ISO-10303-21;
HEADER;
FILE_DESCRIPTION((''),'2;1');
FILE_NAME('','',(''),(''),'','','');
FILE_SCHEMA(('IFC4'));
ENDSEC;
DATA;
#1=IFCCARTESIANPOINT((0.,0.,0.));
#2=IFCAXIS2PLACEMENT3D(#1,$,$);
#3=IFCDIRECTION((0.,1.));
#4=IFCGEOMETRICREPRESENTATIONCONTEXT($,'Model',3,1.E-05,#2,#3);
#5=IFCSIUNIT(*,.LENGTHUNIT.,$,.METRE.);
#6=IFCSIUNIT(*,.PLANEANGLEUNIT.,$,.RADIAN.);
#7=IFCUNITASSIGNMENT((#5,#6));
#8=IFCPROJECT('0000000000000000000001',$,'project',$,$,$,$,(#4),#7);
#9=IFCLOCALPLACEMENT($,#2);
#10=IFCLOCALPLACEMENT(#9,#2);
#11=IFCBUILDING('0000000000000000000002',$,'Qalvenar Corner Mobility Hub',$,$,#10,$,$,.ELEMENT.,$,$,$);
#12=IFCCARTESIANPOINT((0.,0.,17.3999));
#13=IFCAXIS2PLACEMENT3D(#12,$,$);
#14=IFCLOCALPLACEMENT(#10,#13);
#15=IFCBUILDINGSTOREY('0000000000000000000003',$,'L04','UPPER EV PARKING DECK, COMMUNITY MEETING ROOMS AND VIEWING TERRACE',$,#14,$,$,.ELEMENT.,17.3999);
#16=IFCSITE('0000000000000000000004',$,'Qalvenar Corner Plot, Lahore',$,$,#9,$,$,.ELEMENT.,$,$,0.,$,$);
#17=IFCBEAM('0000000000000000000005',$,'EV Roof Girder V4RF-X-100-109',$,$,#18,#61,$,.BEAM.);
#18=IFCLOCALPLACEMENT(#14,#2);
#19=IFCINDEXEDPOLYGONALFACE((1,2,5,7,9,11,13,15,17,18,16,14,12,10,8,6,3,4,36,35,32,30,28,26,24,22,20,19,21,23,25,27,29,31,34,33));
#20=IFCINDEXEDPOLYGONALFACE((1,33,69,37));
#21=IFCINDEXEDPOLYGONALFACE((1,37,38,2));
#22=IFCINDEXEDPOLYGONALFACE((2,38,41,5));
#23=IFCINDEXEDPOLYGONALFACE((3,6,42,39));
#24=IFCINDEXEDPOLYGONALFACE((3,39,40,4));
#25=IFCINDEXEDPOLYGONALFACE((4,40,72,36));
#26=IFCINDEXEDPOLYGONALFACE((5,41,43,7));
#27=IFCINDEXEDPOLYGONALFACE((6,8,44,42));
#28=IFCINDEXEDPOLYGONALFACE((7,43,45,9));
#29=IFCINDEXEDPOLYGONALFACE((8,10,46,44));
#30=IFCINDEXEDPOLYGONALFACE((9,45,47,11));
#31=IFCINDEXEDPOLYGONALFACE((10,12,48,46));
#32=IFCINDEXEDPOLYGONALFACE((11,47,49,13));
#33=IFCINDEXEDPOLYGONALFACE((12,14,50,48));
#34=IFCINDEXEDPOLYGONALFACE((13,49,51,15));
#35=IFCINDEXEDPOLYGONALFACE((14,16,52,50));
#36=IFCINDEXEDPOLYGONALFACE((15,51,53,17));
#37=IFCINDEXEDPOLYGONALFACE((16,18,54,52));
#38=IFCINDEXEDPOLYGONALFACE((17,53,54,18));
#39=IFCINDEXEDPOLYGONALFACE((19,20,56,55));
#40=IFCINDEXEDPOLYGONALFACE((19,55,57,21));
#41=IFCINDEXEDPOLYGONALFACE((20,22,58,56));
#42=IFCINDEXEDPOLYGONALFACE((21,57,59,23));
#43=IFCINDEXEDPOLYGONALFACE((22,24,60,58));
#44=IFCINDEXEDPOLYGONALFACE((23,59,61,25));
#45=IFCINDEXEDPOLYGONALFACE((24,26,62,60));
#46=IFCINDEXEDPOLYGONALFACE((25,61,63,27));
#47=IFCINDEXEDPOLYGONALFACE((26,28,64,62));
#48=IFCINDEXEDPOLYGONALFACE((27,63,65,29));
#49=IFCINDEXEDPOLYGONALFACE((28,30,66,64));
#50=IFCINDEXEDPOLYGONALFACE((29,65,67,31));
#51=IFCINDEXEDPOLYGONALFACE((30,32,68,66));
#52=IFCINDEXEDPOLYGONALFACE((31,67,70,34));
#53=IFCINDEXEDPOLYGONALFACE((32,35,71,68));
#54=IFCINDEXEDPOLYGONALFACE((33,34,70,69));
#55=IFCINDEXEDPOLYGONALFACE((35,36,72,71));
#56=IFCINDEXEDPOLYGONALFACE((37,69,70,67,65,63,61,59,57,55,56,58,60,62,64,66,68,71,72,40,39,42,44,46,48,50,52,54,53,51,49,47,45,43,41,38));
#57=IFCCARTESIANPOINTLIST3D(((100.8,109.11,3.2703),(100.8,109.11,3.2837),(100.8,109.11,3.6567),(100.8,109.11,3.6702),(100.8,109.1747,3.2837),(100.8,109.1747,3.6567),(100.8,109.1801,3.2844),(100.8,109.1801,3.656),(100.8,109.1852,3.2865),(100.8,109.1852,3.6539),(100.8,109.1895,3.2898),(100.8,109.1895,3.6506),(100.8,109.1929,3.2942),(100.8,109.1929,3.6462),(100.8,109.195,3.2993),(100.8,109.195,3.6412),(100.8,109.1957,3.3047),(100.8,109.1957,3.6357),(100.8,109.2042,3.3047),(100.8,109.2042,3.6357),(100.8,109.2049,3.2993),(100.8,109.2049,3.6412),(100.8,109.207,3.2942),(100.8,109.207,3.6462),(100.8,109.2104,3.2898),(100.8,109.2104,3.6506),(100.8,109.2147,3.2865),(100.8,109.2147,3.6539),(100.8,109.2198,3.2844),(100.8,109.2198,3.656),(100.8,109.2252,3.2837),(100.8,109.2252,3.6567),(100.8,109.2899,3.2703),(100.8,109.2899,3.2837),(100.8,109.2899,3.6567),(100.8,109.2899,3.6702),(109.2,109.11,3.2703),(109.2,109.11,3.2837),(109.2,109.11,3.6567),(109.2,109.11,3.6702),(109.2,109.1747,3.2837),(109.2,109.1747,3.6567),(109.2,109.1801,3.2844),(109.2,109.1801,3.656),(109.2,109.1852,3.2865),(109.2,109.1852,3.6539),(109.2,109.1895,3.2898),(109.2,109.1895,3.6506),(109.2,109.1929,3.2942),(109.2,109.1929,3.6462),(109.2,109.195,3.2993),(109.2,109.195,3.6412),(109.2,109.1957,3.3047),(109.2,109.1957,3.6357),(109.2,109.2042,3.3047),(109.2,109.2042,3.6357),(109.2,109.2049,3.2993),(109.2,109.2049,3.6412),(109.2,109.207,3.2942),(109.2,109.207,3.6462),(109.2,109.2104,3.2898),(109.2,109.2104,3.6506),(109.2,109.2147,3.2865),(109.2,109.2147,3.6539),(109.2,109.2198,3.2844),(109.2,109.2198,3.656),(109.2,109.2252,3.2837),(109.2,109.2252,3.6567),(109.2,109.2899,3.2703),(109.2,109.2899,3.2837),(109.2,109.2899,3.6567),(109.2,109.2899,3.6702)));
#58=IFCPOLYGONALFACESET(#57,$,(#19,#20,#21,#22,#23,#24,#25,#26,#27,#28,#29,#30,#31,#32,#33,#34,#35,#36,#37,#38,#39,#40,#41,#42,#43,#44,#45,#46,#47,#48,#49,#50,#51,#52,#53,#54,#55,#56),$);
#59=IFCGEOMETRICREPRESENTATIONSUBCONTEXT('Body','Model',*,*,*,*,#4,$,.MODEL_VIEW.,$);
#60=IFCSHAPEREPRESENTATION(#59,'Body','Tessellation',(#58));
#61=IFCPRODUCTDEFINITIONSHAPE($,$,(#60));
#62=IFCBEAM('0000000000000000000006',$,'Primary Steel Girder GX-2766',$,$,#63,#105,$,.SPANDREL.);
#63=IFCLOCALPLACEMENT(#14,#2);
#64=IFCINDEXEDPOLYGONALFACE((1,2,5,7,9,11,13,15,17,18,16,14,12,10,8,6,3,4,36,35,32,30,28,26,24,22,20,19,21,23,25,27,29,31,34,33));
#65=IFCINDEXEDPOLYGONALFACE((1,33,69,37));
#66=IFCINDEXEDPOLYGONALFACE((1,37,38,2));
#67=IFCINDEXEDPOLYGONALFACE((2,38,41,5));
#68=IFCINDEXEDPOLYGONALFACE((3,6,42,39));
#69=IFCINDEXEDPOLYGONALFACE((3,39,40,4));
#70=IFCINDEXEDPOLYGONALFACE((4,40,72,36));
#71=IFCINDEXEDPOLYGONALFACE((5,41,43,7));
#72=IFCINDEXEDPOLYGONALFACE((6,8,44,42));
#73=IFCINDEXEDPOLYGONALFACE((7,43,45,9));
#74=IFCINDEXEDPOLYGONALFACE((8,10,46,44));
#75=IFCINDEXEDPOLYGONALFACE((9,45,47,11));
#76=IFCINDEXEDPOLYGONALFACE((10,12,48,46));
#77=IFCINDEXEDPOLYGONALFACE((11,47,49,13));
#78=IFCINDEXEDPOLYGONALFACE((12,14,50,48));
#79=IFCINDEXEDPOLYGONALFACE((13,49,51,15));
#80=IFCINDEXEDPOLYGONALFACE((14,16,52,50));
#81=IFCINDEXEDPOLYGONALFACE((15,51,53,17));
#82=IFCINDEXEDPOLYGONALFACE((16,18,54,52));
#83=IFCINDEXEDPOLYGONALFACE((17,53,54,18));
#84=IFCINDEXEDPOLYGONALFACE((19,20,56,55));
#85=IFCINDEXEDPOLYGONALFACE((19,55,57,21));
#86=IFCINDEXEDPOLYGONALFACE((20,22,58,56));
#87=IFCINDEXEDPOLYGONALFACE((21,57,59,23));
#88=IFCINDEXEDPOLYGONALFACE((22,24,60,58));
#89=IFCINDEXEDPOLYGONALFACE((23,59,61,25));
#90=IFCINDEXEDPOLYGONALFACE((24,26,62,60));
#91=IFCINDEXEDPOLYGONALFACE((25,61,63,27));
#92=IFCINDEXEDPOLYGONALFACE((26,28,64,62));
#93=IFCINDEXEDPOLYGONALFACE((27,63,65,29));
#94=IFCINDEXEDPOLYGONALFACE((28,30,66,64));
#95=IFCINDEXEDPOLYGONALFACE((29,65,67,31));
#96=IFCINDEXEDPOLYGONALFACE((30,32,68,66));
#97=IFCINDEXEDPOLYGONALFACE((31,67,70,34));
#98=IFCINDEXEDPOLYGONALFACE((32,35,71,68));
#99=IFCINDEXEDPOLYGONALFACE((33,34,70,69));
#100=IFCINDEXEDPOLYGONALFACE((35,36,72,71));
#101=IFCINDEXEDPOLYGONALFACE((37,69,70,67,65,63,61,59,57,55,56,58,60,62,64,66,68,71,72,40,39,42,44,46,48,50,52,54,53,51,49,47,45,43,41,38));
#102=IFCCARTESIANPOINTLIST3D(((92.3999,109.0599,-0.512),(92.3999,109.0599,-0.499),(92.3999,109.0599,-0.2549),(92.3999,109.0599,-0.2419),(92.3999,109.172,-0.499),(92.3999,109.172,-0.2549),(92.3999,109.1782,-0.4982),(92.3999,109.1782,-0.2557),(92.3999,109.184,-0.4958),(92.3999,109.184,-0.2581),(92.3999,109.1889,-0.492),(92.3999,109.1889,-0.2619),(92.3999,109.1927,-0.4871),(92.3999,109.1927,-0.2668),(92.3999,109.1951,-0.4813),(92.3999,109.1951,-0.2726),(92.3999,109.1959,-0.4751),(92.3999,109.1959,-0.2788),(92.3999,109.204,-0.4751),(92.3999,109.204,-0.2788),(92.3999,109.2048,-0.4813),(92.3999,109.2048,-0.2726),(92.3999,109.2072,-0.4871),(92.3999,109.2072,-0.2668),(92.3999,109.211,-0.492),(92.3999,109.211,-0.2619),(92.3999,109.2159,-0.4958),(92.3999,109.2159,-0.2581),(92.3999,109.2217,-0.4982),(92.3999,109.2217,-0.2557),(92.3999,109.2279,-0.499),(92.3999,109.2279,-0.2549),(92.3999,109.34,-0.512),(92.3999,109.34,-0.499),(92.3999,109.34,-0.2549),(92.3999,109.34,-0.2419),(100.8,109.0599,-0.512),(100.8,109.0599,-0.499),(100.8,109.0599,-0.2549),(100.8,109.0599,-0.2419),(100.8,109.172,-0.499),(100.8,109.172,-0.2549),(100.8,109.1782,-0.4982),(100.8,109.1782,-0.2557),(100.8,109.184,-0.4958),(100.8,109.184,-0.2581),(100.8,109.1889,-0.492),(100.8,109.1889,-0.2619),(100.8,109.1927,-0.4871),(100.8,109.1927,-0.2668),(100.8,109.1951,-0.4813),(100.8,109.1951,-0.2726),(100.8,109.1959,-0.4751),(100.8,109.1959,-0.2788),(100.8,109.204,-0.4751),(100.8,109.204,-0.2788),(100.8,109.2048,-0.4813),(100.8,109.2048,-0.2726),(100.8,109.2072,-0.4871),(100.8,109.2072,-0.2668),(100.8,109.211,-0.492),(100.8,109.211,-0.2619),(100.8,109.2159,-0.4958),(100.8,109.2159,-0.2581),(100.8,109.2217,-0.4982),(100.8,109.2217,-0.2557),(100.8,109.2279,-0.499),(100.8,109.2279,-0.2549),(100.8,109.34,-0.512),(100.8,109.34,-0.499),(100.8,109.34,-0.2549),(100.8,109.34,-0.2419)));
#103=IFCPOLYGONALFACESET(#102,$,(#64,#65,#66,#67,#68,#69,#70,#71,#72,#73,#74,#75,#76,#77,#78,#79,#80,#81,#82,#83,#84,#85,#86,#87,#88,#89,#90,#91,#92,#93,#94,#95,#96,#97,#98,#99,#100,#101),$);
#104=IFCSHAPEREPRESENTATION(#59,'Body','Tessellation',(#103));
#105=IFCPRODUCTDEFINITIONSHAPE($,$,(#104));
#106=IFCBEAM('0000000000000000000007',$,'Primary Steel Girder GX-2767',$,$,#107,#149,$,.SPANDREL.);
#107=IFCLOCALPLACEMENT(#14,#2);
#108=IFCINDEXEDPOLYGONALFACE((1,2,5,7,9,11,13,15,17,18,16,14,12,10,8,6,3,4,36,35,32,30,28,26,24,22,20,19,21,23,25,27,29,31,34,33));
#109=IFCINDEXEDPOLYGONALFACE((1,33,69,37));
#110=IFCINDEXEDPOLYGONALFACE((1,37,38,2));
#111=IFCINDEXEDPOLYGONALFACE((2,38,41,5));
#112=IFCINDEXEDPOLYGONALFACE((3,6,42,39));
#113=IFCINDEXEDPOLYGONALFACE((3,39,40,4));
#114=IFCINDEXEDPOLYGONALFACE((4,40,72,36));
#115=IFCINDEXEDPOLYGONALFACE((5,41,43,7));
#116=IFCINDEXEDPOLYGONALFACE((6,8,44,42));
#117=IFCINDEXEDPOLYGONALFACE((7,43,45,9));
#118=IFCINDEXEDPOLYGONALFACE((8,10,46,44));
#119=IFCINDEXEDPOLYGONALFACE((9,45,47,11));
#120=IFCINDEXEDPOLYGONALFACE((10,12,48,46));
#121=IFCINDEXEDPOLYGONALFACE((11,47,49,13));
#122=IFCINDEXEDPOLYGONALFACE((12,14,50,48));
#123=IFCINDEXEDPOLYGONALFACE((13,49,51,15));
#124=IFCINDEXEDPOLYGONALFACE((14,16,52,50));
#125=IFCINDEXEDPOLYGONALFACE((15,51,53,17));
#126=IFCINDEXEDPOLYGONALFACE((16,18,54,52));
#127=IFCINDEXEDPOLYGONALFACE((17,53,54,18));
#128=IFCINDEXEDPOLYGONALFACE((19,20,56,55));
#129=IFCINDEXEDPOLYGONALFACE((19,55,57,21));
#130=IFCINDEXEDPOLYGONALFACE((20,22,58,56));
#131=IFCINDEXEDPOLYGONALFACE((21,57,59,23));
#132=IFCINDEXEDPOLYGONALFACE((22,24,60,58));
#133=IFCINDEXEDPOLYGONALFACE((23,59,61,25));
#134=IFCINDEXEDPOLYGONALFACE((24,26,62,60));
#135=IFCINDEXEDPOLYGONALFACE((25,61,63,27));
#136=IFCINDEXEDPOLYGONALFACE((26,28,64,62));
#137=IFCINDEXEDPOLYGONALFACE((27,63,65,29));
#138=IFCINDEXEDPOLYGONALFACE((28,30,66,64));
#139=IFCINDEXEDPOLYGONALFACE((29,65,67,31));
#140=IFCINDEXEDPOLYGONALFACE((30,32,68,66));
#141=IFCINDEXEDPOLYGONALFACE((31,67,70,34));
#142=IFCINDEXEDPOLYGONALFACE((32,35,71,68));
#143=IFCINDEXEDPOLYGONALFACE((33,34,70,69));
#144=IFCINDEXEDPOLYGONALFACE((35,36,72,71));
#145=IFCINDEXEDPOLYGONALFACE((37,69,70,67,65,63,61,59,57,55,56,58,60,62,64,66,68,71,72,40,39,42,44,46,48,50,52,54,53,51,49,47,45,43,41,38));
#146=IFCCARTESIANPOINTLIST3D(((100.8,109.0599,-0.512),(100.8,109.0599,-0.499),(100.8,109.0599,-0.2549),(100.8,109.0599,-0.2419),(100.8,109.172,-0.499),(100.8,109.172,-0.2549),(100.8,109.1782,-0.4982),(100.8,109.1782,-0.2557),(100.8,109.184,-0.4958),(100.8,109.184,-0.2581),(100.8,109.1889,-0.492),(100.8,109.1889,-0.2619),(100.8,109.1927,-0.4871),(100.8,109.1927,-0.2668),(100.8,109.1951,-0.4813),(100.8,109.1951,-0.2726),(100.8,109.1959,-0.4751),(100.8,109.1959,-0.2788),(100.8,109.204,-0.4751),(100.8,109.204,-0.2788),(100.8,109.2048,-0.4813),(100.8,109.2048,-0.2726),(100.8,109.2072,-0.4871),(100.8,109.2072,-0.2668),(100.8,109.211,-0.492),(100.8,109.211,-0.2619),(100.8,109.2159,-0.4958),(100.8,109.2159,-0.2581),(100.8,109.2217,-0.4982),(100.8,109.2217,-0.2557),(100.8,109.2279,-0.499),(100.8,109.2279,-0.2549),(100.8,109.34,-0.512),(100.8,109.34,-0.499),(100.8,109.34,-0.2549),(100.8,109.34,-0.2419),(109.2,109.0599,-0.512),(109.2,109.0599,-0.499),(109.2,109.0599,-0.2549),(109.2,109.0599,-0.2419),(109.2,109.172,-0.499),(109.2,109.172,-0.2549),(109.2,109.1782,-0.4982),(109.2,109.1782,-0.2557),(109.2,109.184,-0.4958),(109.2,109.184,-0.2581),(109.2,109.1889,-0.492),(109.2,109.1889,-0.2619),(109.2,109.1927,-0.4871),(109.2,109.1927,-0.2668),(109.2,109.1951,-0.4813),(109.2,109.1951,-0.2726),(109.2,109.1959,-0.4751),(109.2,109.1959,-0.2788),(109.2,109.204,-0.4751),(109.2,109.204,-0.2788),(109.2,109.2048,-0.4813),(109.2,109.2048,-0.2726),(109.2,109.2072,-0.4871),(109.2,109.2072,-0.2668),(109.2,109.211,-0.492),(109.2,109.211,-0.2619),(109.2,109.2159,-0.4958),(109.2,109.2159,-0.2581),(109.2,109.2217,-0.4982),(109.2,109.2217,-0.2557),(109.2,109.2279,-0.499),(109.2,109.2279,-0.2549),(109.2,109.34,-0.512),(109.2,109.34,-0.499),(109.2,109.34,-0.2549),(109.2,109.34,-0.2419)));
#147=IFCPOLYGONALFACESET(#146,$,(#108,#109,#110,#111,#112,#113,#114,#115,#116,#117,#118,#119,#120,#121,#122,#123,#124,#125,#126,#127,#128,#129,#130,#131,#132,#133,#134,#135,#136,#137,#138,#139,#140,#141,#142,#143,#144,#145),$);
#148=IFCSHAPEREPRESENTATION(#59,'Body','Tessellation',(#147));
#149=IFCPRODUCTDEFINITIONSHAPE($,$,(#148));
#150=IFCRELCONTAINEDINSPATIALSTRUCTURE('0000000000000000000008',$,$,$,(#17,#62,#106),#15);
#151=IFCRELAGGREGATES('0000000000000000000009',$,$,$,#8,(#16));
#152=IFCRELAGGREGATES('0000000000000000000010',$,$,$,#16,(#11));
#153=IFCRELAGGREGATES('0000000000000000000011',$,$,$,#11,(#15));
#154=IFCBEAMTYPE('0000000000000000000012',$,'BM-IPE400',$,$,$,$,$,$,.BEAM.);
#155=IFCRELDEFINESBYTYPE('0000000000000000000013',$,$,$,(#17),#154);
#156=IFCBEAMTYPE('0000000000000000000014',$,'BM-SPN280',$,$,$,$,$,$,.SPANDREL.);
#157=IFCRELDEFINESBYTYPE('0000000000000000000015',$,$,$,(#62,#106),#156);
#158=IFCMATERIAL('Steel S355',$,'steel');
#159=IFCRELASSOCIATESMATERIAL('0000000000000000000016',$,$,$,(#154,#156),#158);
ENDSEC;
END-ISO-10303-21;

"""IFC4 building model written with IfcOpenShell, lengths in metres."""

from ifc_helpers import new_model, si_unit, direction, frame, origin, origin_2d, place, context, subcontext, project, spatial, i_section, extrude, material, material_profile, profile_set, type_object, element, save


model = new_model("IFC4")

# Units and contexts
model_context = context("Model", 3, precision=1e-05, world=origin(), true_north=direction((0.0, 1.0)))
body_context = subcontext(model_context, "Body", "Model", "MODEL_VIEW")
ifc_project = project(units=[si_unit("LENGTHUNIT", "METRE"), si_unit("PLANEANGLEUNIT", "RADIAN")], contexts=[model_context])

# Site, building, storey
site_placement = place(None, origin())
site = spatial("IfcSite", under=ifc_project, at=site_placement, Name="Qalvenar Corner Plot, Lahore", CompositionType="ELEMENT", RefElevation=0.0)
building_placement = place(site_placement, origin())
building = spatial("IfcBuilding", under=site, at=building_placement, Name="Qalvenar Corner Mobility Hub", CompositionType="ELEMENT")
storey_placement = place(building_placement, frame((0.0, 0.0, 17.3999)))
storey = spatial("IfcBuildingStorey", under=building, at=storey_placement, Name="L04", Description="UPPER EV PARKING DECK, COMMUNITY MEETING ROOMS AND VIEWING TERRACE", CompositionType="ELEMENT", Elevation=17.3999)

# Shared definitions
ifc_material_1 = material(Name="Steel S355", Category="steel")

# Beams
ifc_material_profile_1 = material_profile(ifc_material_1, i_section(OverallWidth=0.1799, OverallDepth=0.3999, WebThickness=0.0085, FlangeThickness=0.0134, FilletRadius=0.021, at=origin_2d()), Name="IPE400")
ifc_profile_set_1 = profile_set([ifc_material_profile_1], Name="Steel S355")
beam_type_1 = type_object("IfcBeamType", Name="BM-IPE400", PredefinedType="BEAM", material=ifc_profile_set_1)
beam_1_placement = place(storey_placement, frame((100.8, 109.2, 3.4702), z_axis=(1.0, 0.0, 0.0), x_axis=(0.0, 1.0, 0.0)))
element("IfcBeam", 1, at=beam_1_placement, inside=storey, type_object=beam_type_1, Name="EV Roof Girder V4RF-X-100-109", PredefinedType="BEAM", context=body_context, shape_type="SweptSolid", body=[
    extrude(i_section(OverallWidth=0.1799, OverallDepth=0.3999, WebThickness=0.0085, FlangeThickness=0.0134, FilletRadius=0.021, at=origin_2d()), origin(), (0.0, 0.0, 1.0), 8.3999),
])
ifc_material_profile_2 = material_profile(ifc_material_1, i_section(OverallWidth=0.28, OverallDepth=0.27, WebThickness=0.0081, FlangeThickness=0.0129, FilletRadius=0.0239, at=origin_2d()), Name="HEA280")
ifc_profile_set_2 = profile_set([ifc_material_profile_2], Name="Steel S355")
beam_type_2 = type_object("IfcBeamType", Name="BM-SPN280", PredefinedType="SPANDREL", material=ifc_profile_set_2)
beam_2_placement = place(storey_placement, frame((92.3999, 109.2, -0.377), z_axis=(1.0, 0.0, 0.0), x_axis=(0.0, 1.0, 0.0)))
element("IfcBeam", 2, at=beam_2_placement, inside=storey, type_object=beam_type_2, Name="Primary Steel Girder GX-2766", PredefinedType="SPANDREL", context=body_context, shape_type="SweptSolid", body=[
    extrude(i_section(OverallWidth=0.28, OverallDepth=0.27, WebThickness=0.0081, FlangeThickness=0.0129, FilletRadius=0.0239, at=origin_2d()), origin(), (0.0, 0.0, 1.0), 8.4001),
])
beam_3_placement = place(storey_placement, frame((100.8, 109.2, -0.377), z_axis=(1.0, 0.0, 0.0), x_axis=(0.0, 1.0, 0.0)))
element("IfcBeam", 3, at=beam_3_placement, inside=storey, type_object=beam_type_2, Name="Primary Steel Girder GX-2767", PredefinedType="SPANDREL", context=body_context, shape_type="SweptSolid", body=[
    extrude(i_section(OverallWidth=0.28, OverallDepth=0.27, WebThickness=0.0081, FlangeThickness=0.0129, FilletRadius=0.0239, at=origin_2d()), origin(), (0.0, 0.0, 1.0), 8.3999),
])

save(model, "model.ifc")
